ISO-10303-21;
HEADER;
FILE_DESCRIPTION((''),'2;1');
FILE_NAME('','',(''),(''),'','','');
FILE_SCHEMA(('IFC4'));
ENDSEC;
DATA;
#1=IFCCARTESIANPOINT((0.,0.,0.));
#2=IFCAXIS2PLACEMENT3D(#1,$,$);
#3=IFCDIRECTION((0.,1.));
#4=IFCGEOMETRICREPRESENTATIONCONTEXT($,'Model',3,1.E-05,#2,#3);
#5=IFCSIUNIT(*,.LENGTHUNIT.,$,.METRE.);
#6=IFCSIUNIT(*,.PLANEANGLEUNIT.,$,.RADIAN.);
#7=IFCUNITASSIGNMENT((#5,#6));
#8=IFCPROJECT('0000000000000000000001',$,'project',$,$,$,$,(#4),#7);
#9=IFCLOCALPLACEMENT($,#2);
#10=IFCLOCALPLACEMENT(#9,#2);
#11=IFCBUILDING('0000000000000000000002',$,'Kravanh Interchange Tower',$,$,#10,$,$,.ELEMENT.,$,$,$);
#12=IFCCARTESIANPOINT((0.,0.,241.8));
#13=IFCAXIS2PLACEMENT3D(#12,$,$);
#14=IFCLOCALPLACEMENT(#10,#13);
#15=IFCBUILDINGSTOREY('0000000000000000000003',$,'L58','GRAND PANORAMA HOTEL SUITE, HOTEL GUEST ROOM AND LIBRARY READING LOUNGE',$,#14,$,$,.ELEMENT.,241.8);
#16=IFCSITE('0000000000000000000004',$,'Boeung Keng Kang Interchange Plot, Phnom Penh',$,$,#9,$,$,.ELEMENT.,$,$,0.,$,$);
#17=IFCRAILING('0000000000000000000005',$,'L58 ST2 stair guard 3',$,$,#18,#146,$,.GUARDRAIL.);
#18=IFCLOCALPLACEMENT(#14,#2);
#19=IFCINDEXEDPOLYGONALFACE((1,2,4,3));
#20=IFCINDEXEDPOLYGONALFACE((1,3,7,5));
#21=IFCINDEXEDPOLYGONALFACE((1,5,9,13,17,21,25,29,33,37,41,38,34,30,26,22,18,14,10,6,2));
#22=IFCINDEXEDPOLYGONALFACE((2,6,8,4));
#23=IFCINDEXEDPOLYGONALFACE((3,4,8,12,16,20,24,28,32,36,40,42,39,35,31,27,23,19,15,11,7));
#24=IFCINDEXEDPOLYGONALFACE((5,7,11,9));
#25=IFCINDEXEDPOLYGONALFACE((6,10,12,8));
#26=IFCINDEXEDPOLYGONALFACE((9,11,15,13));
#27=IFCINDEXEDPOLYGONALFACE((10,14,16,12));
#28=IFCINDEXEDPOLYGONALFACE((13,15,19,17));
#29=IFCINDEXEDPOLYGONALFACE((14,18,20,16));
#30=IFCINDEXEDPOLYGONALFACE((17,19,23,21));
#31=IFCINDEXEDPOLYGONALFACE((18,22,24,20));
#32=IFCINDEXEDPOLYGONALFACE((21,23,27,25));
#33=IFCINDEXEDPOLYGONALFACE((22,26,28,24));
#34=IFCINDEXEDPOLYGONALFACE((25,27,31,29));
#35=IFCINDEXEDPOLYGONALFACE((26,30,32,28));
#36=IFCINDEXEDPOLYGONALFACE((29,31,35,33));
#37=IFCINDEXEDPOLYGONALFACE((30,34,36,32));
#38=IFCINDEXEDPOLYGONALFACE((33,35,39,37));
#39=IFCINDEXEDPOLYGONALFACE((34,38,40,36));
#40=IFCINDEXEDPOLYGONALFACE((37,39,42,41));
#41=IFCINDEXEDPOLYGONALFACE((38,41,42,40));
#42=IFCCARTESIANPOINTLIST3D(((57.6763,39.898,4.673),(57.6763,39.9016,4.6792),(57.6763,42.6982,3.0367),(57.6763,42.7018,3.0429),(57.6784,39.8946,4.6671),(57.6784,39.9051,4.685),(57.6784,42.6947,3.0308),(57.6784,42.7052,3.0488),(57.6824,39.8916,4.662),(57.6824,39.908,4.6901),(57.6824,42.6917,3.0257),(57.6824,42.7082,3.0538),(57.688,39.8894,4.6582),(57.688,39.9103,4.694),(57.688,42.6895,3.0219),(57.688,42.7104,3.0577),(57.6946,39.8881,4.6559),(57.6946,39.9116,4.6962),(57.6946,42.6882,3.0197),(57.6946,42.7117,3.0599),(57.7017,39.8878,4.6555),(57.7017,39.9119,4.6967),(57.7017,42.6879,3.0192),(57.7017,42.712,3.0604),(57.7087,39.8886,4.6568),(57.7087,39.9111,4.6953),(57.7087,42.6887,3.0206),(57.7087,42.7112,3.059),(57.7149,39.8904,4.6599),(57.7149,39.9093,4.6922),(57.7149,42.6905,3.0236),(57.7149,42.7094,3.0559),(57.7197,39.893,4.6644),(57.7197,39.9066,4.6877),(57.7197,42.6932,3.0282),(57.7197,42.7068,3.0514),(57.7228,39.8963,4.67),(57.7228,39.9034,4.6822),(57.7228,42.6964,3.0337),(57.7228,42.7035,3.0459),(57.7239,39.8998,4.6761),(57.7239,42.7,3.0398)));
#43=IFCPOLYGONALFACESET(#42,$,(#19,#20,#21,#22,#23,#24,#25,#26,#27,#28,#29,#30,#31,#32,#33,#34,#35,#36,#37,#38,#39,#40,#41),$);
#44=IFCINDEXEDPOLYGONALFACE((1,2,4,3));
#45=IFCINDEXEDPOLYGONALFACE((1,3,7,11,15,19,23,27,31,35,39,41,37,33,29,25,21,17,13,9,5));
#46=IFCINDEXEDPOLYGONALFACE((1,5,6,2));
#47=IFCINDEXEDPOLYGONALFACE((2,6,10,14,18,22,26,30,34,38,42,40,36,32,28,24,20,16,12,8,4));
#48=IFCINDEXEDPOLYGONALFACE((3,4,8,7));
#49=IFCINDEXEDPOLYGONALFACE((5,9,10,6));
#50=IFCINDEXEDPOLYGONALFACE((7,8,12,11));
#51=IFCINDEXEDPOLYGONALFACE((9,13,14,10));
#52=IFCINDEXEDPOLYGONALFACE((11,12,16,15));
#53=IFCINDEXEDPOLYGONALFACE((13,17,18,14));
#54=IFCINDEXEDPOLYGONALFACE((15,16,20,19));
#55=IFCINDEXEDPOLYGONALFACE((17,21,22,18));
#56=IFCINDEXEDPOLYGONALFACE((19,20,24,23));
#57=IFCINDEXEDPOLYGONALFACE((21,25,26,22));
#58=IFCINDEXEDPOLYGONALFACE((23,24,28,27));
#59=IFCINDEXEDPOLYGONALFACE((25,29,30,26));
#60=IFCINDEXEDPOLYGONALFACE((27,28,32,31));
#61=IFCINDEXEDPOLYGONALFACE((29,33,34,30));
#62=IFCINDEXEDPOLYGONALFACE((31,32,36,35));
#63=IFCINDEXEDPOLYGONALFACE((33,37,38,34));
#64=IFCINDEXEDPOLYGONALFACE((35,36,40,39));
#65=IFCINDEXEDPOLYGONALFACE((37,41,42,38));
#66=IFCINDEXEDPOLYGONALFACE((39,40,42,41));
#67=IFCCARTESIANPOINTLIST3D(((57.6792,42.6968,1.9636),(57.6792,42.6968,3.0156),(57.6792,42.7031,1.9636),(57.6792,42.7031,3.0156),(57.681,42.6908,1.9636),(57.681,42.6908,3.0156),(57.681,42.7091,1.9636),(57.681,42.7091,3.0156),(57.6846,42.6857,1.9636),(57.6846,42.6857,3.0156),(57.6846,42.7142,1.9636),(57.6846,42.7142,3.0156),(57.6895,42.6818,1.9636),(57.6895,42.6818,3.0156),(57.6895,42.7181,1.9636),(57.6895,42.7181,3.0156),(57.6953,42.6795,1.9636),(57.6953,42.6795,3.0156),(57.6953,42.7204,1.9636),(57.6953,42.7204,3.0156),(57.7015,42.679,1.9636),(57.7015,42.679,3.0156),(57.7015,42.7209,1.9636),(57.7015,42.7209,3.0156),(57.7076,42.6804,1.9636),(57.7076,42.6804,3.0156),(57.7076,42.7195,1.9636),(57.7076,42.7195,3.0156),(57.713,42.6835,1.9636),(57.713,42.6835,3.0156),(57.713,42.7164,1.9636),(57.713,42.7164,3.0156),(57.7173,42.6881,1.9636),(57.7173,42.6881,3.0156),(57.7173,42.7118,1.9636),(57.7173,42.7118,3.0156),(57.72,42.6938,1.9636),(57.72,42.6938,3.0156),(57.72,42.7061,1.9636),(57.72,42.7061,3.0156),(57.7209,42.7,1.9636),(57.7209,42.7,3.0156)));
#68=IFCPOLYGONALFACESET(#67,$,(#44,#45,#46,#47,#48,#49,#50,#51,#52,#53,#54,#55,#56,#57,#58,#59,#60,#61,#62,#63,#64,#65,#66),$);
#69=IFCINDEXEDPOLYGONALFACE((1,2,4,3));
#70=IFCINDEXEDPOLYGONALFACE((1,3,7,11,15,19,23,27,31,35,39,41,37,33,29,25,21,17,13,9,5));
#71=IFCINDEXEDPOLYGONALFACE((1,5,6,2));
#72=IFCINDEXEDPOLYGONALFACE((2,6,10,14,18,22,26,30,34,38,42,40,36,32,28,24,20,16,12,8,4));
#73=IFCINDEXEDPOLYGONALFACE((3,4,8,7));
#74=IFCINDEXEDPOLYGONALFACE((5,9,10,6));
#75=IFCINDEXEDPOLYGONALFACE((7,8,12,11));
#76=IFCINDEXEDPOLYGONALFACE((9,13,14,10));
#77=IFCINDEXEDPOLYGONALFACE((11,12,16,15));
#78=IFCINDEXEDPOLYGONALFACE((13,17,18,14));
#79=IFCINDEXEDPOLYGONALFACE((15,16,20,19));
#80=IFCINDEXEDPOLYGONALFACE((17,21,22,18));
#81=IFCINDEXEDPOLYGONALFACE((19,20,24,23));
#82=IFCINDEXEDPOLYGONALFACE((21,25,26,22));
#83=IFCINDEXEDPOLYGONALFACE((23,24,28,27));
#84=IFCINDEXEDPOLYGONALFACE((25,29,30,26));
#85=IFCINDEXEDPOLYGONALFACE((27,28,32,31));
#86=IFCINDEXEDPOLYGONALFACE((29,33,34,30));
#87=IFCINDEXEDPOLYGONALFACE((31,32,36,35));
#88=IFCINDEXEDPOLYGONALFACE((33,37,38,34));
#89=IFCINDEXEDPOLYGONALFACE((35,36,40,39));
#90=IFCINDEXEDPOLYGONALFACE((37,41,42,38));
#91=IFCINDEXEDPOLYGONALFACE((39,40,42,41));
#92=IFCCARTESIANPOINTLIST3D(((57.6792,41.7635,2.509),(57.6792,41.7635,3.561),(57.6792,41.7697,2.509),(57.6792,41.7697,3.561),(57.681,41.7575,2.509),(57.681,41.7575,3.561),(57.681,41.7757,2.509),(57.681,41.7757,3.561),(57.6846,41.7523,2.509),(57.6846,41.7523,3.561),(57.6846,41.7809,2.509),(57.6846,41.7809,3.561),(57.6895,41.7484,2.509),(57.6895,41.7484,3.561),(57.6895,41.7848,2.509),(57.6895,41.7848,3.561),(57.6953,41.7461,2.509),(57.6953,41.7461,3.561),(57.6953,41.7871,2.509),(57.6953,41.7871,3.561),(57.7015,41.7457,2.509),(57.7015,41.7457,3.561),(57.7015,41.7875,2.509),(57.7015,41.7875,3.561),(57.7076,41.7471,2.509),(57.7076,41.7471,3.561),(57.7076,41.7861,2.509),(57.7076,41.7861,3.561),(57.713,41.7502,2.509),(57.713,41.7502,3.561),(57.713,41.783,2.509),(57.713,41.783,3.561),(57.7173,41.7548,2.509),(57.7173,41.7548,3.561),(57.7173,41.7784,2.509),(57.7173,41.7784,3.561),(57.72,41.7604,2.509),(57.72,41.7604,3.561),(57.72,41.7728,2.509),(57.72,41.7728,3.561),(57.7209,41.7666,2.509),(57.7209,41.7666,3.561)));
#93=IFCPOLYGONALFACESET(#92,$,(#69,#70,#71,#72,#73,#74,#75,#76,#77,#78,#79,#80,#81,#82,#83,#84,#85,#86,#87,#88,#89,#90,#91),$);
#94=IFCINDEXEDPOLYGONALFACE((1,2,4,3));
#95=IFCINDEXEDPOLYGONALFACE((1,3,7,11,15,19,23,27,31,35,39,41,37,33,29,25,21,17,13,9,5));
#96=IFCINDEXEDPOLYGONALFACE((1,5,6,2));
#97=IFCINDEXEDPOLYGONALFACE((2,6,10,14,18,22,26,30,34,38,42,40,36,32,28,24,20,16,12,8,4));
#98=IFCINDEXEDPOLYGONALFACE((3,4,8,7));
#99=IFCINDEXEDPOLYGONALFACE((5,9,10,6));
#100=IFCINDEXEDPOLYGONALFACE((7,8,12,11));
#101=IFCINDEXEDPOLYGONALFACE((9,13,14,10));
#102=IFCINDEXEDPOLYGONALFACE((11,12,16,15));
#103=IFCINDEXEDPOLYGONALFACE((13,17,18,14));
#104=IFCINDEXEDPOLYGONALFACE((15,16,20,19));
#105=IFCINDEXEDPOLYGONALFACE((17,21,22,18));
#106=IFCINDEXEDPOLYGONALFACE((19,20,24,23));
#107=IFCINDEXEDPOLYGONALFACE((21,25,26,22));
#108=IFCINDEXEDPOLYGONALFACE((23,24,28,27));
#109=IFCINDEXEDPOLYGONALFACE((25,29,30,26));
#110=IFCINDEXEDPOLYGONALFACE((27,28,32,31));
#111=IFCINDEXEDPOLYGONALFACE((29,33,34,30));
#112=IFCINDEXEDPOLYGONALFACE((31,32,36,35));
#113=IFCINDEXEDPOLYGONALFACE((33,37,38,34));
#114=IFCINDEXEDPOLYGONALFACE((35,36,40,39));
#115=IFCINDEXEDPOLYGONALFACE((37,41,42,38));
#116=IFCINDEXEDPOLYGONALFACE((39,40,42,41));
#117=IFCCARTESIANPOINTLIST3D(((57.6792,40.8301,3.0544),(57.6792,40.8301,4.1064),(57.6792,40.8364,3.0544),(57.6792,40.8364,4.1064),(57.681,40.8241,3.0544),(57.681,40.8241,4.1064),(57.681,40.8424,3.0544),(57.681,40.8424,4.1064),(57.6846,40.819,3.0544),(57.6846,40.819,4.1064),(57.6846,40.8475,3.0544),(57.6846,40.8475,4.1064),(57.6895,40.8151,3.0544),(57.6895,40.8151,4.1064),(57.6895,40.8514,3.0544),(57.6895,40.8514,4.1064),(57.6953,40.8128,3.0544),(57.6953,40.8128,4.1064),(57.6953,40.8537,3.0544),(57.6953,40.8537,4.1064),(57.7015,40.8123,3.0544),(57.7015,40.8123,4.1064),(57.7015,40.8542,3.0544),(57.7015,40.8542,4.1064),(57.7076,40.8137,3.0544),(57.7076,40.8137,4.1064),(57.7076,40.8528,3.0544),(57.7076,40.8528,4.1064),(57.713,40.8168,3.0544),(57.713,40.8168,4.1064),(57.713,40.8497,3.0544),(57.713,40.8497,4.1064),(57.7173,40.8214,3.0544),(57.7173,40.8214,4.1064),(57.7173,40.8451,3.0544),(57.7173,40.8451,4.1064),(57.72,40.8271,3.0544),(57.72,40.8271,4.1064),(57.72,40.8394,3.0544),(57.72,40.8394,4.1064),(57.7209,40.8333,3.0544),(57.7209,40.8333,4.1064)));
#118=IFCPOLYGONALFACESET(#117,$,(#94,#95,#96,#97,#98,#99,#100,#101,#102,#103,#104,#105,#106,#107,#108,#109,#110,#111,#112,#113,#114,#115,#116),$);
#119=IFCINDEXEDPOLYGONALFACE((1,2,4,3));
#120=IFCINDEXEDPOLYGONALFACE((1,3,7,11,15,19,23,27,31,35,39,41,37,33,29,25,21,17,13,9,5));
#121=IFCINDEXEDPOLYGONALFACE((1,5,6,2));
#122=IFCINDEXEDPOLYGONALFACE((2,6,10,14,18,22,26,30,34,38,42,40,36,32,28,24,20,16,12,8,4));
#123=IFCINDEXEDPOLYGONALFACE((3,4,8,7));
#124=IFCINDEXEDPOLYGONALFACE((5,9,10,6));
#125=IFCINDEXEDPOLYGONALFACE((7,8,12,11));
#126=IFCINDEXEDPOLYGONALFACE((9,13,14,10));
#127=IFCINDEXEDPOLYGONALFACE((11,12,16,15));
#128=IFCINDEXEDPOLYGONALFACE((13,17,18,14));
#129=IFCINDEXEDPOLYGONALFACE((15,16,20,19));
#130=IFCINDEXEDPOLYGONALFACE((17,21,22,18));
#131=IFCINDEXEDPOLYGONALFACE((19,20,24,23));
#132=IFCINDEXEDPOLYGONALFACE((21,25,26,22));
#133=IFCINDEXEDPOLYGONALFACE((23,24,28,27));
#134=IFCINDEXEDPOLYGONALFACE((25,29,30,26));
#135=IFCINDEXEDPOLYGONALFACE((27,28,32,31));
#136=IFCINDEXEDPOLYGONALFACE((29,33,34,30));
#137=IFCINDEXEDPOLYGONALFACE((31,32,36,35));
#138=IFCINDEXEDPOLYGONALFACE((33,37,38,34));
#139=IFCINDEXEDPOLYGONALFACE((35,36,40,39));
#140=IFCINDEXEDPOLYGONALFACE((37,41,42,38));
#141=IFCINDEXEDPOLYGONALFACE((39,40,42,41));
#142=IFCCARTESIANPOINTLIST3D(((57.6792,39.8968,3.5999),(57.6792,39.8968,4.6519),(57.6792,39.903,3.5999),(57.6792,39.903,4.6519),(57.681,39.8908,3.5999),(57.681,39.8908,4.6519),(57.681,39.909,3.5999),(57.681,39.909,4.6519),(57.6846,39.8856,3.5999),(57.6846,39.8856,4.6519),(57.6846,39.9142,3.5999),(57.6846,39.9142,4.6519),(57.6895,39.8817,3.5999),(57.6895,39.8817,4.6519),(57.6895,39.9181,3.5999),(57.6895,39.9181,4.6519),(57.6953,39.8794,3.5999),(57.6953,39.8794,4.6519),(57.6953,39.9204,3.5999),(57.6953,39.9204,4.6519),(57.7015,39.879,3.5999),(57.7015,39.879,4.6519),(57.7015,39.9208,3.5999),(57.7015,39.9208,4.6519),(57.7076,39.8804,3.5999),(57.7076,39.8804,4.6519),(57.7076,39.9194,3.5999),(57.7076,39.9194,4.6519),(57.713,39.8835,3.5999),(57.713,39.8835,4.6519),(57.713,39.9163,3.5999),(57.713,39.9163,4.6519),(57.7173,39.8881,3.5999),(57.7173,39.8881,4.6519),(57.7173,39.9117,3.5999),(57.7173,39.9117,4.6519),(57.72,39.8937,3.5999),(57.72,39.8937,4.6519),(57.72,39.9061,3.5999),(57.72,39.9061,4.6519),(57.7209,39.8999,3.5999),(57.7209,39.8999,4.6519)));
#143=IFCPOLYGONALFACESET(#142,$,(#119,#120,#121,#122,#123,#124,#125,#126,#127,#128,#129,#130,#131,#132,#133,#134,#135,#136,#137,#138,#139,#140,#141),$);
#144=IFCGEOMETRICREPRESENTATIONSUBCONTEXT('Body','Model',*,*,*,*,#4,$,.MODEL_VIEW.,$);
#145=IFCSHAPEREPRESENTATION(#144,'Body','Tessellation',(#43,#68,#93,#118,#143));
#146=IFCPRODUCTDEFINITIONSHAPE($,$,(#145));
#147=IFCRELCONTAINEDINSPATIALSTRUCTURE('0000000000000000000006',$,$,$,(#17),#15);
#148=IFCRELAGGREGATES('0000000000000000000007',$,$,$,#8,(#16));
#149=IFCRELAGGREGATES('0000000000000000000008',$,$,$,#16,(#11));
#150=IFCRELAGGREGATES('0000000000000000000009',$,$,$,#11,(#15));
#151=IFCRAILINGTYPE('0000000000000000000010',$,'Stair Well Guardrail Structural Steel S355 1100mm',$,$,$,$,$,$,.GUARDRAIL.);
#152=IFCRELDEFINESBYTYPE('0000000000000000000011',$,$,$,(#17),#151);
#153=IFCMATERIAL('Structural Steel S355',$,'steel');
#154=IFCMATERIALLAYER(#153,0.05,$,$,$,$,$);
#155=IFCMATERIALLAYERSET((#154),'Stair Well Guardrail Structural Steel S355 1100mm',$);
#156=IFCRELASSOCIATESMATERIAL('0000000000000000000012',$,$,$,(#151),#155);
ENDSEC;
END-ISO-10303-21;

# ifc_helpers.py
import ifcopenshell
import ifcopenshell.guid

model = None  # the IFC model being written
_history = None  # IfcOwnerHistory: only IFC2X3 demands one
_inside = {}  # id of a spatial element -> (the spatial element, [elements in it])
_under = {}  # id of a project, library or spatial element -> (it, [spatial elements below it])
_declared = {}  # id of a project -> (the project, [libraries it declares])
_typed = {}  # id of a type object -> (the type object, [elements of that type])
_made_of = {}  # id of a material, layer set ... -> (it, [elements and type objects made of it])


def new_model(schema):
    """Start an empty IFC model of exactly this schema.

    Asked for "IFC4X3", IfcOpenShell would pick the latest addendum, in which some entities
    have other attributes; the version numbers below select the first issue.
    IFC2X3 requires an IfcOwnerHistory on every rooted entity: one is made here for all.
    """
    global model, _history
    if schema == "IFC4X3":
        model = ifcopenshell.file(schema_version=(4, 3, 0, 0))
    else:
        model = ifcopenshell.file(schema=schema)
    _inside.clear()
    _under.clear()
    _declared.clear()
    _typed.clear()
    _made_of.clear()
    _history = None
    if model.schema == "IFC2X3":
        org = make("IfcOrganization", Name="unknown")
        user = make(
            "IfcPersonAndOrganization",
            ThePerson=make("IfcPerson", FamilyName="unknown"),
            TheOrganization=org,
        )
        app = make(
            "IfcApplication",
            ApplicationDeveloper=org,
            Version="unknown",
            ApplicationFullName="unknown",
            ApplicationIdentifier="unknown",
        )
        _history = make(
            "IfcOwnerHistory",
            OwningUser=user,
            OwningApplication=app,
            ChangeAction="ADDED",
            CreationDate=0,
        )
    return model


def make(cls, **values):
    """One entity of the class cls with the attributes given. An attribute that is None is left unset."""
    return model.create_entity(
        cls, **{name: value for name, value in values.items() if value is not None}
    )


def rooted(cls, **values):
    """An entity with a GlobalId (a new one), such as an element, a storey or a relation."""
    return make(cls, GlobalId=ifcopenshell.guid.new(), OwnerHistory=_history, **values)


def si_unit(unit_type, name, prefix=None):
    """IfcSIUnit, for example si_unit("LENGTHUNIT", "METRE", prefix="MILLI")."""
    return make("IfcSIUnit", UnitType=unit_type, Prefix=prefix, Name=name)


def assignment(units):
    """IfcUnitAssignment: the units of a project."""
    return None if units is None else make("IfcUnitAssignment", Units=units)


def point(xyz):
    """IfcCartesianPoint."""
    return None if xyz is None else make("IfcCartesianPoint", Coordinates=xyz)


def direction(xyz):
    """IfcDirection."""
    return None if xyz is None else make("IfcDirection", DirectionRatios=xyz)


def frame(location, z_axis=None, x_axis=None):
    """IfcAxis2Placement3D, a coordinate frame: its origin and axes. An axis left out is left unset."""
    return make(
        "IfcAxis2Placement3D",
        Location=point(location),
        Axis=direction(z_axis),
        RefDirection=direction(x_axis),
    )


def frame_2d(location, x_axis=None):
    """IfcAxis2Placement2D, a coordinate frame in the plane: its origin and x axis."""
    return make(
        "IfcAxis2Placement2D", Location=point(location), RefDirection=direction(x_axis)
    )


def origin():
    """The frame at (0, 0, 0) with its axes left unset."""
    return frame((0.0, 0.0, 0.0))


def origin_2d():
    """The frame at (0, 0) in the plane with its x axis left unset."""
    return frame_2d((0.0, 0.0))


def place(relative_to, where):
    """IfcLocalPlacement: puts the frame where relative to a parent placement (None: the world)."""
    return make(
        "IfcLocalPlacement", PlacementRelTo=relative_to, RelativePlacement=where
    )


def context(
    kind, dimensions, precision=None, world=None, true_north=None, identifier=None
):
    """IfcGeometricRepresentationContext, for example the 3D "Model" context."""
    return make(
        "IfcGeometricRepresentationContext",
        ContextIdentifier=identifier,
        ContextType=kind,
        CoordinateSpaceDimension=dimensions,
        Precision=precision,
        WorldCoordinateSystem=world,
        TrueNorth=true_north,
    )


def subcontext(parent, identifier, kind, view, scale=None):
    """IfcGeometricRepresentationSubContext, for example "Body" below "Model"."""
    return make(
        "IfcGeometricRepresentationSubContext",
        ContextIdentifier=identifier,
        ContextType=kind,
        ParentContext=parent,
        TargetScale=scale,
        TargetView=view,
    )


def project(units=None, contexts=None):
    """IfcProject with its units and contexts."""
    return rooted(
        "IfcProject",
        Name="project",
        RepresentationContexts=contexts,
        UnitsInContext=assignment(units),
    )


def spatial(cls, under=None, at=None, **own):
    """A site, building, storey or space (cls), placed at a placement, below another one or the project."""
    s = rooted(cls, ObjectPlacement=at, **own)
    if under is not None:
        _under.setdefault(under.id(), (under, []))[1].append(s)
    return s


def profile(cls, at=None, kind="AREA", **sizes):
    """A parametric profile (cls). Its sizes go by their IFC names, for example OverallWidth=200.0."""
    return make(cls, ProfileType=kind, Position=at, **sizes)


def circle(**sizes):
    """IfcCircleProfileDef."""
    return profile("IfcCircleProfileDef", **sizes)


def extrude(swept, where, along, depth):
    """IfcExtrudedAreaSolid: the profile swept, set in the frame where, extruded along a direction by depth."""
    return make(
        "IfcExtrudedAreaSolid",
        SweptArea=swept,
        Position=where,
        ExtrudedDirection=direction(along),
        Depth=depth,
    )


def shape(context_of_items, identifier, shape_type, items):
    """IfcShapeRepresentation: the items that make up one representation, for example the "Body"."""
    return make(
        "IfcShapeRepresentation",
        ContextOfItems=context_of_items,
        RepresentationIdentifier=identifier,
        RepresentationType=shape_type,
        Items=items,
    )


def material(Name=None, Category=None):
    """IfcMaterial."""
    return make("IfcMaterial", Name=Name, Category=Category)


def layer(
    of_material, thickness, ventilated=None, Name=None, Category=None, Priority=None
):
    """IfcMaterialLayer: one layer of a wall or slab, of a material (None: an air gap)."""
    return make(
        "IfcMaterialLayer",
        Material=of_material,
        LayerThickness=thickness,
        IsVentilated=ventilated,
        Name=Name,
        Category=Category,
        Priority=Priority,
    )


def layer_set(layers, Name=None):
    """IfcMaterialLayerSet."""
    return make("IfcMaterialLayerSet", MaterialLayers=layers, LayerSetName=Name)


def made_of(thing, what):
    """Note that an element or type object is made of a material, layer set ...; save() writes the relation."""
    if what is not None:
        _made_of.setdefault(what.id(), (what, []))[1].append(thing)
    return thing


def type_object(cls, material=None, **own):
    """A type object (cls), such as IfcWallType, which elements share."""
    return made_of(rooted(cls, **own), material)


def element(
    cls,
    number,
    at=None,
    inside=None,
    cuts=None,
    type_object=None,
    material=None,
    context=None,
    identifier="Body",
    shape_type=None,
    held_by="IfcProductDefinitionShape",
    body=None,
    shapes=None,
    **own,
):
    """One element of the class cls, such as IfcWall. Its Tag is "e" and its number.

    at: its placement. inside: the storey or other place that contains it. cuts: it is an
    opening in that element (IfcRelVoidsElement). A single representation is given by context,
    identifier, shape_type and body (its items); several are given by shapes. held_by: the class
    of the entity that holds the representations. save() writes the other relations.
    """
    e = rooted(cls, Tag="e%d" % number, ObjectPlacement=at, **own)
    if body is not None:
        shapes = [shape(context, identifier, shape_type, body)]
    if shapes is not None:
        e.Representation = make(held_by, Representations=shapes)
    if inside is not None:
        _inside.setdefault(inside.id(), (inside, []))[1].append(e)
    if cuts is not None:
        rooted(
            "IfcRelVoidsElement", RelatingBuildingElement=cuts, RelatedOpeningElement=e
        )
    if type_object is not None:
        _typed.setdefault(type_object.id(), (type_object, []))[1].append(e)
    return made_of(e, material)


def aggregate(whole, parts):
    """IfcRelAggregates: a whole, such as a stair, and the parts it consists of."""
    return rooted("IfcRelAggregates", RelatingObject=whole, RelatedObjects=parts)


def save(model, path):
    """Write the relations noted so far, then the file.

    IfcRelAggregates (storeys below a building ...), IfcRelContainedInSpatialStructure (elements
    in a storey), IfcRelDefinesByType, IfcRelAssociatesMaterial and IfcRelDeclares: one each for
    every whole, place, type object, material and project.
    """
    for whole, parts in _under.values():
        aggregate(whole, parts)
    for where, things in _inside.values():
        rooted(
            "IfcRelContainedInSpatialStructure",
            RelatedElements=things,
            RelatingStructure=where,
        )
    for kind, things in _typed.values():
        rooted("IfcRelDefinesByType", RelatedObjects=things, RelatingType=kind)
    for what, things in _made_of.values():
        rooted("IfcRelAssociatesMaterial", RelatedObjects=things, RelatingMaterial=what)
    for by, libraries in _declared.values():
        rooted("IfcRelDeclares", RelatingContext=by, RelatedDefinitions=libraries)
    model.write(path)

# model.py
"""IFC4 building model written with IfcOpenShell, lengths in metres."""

from ifc_helpers import new_model, si_unit, direction, frame, origin, origin_2d, place, context, subcontext, project, spatial, circle, extrude, material, layer, layer_set, type_object, element, save


model = new_model("IFC4")

# Units and contexts
model_context = context("Model", 3, precision=1e-05, world=origin(), true_north=direction((0.0, 1.0)))
body_context = subcontext(model_context, "Body", "Model", "MODEL_VIEW")
ifc_project = project(units=[si_unit("LENGTHUNIT", "METRE"), si_unit("PLANEANGLEUNIT", "RADIAN")], contexts=[model_context])

# Site, building, storey
site_placement = place(None, origin())
site = spatial("IfcSite", under=ifc_project, at=site_placement, Name="Boeung Keng Kang Interchange Plot, Phnom Penh", CompositionType="ELEMENT", RefElevation=0.0)
building_placement = place(site_placement, origin())
building = spatial("IfcBuilding", under=site, at=building_placement, Name="Kravanh Interchange Tower", CompositionType="ELEMENT")
storey_placement = place(building_placement, frame((0.0, 0.0, 241.8)))
storey = spatial("IfcBuildingStorey", under=building, at=storey_placement, Name="L58", Description="GRAND PANORAMA HOTEL SUITE, HOTEL GUEST ROOM AND LIBRARY READING LOUNGE", CompositionType="ELEMENT", Elevation=241.8)

# Railing
ifc_material_1 = material(Name="Structural Steel S355", Category="steel")
ifc_layer_1 = layer(ifc_material_1, 0.05)
ifc_layer_set_1 = layer_set([ifc_layer_1], Name="Stair Well Guardrail Structural Steel S355 1100mm")
railing_type_1 = type_object("IfcRailingType", Name="Stair Well Guardrail Structural Steel S355 1100mm", PredefinedType="GUARDRAIL", material=ifc_layer_set_1)
railing_1_placement = place(storey_placement, frame((57.7, 42.7, 1.9636)))
element("IfcRailing", 1, at=railing_1_placement, inside=storey, type_object=railing_type_1, Name="L58 ST2 stair guard 3", PredefinedType="GUARDRAIL", context=body_context, shape_type="SweptSolid", body=[
    extrude(circle(Radius=0.0239, at=origin_2d()), frame((0.0, 0.0, 1.0762), z_axis=(0.0, -0.863394, 0.504531), x_axis=(1.0, 0.0, 0.0)), (0.0, 0.0, 1.0), 3.2432),
    extrude(circle(Radius=0.021, at=origin_2d()), origin(), (0.0, 0.0, 1.0), 1.052),
    extrude(circle(Radius=0.021, at=origin_2d()), frame((0.0, -0.9333, 0.5454)), (0.0, 0.0, 1.0), 1.052),
    extrude(circle(Radius=0.021, at=origin_2d()), frame((0.0, -1.8667, 1.0908)), (0.0, 0.0, 1.0), 1.052),
    extrude(circle(Radius=0.021, at=origin_2d()), frame((0.0, -2.8, 1.6362)), (0.0, 0.0, 1.0), 1.052),
])

save(model, "model.ifc")
